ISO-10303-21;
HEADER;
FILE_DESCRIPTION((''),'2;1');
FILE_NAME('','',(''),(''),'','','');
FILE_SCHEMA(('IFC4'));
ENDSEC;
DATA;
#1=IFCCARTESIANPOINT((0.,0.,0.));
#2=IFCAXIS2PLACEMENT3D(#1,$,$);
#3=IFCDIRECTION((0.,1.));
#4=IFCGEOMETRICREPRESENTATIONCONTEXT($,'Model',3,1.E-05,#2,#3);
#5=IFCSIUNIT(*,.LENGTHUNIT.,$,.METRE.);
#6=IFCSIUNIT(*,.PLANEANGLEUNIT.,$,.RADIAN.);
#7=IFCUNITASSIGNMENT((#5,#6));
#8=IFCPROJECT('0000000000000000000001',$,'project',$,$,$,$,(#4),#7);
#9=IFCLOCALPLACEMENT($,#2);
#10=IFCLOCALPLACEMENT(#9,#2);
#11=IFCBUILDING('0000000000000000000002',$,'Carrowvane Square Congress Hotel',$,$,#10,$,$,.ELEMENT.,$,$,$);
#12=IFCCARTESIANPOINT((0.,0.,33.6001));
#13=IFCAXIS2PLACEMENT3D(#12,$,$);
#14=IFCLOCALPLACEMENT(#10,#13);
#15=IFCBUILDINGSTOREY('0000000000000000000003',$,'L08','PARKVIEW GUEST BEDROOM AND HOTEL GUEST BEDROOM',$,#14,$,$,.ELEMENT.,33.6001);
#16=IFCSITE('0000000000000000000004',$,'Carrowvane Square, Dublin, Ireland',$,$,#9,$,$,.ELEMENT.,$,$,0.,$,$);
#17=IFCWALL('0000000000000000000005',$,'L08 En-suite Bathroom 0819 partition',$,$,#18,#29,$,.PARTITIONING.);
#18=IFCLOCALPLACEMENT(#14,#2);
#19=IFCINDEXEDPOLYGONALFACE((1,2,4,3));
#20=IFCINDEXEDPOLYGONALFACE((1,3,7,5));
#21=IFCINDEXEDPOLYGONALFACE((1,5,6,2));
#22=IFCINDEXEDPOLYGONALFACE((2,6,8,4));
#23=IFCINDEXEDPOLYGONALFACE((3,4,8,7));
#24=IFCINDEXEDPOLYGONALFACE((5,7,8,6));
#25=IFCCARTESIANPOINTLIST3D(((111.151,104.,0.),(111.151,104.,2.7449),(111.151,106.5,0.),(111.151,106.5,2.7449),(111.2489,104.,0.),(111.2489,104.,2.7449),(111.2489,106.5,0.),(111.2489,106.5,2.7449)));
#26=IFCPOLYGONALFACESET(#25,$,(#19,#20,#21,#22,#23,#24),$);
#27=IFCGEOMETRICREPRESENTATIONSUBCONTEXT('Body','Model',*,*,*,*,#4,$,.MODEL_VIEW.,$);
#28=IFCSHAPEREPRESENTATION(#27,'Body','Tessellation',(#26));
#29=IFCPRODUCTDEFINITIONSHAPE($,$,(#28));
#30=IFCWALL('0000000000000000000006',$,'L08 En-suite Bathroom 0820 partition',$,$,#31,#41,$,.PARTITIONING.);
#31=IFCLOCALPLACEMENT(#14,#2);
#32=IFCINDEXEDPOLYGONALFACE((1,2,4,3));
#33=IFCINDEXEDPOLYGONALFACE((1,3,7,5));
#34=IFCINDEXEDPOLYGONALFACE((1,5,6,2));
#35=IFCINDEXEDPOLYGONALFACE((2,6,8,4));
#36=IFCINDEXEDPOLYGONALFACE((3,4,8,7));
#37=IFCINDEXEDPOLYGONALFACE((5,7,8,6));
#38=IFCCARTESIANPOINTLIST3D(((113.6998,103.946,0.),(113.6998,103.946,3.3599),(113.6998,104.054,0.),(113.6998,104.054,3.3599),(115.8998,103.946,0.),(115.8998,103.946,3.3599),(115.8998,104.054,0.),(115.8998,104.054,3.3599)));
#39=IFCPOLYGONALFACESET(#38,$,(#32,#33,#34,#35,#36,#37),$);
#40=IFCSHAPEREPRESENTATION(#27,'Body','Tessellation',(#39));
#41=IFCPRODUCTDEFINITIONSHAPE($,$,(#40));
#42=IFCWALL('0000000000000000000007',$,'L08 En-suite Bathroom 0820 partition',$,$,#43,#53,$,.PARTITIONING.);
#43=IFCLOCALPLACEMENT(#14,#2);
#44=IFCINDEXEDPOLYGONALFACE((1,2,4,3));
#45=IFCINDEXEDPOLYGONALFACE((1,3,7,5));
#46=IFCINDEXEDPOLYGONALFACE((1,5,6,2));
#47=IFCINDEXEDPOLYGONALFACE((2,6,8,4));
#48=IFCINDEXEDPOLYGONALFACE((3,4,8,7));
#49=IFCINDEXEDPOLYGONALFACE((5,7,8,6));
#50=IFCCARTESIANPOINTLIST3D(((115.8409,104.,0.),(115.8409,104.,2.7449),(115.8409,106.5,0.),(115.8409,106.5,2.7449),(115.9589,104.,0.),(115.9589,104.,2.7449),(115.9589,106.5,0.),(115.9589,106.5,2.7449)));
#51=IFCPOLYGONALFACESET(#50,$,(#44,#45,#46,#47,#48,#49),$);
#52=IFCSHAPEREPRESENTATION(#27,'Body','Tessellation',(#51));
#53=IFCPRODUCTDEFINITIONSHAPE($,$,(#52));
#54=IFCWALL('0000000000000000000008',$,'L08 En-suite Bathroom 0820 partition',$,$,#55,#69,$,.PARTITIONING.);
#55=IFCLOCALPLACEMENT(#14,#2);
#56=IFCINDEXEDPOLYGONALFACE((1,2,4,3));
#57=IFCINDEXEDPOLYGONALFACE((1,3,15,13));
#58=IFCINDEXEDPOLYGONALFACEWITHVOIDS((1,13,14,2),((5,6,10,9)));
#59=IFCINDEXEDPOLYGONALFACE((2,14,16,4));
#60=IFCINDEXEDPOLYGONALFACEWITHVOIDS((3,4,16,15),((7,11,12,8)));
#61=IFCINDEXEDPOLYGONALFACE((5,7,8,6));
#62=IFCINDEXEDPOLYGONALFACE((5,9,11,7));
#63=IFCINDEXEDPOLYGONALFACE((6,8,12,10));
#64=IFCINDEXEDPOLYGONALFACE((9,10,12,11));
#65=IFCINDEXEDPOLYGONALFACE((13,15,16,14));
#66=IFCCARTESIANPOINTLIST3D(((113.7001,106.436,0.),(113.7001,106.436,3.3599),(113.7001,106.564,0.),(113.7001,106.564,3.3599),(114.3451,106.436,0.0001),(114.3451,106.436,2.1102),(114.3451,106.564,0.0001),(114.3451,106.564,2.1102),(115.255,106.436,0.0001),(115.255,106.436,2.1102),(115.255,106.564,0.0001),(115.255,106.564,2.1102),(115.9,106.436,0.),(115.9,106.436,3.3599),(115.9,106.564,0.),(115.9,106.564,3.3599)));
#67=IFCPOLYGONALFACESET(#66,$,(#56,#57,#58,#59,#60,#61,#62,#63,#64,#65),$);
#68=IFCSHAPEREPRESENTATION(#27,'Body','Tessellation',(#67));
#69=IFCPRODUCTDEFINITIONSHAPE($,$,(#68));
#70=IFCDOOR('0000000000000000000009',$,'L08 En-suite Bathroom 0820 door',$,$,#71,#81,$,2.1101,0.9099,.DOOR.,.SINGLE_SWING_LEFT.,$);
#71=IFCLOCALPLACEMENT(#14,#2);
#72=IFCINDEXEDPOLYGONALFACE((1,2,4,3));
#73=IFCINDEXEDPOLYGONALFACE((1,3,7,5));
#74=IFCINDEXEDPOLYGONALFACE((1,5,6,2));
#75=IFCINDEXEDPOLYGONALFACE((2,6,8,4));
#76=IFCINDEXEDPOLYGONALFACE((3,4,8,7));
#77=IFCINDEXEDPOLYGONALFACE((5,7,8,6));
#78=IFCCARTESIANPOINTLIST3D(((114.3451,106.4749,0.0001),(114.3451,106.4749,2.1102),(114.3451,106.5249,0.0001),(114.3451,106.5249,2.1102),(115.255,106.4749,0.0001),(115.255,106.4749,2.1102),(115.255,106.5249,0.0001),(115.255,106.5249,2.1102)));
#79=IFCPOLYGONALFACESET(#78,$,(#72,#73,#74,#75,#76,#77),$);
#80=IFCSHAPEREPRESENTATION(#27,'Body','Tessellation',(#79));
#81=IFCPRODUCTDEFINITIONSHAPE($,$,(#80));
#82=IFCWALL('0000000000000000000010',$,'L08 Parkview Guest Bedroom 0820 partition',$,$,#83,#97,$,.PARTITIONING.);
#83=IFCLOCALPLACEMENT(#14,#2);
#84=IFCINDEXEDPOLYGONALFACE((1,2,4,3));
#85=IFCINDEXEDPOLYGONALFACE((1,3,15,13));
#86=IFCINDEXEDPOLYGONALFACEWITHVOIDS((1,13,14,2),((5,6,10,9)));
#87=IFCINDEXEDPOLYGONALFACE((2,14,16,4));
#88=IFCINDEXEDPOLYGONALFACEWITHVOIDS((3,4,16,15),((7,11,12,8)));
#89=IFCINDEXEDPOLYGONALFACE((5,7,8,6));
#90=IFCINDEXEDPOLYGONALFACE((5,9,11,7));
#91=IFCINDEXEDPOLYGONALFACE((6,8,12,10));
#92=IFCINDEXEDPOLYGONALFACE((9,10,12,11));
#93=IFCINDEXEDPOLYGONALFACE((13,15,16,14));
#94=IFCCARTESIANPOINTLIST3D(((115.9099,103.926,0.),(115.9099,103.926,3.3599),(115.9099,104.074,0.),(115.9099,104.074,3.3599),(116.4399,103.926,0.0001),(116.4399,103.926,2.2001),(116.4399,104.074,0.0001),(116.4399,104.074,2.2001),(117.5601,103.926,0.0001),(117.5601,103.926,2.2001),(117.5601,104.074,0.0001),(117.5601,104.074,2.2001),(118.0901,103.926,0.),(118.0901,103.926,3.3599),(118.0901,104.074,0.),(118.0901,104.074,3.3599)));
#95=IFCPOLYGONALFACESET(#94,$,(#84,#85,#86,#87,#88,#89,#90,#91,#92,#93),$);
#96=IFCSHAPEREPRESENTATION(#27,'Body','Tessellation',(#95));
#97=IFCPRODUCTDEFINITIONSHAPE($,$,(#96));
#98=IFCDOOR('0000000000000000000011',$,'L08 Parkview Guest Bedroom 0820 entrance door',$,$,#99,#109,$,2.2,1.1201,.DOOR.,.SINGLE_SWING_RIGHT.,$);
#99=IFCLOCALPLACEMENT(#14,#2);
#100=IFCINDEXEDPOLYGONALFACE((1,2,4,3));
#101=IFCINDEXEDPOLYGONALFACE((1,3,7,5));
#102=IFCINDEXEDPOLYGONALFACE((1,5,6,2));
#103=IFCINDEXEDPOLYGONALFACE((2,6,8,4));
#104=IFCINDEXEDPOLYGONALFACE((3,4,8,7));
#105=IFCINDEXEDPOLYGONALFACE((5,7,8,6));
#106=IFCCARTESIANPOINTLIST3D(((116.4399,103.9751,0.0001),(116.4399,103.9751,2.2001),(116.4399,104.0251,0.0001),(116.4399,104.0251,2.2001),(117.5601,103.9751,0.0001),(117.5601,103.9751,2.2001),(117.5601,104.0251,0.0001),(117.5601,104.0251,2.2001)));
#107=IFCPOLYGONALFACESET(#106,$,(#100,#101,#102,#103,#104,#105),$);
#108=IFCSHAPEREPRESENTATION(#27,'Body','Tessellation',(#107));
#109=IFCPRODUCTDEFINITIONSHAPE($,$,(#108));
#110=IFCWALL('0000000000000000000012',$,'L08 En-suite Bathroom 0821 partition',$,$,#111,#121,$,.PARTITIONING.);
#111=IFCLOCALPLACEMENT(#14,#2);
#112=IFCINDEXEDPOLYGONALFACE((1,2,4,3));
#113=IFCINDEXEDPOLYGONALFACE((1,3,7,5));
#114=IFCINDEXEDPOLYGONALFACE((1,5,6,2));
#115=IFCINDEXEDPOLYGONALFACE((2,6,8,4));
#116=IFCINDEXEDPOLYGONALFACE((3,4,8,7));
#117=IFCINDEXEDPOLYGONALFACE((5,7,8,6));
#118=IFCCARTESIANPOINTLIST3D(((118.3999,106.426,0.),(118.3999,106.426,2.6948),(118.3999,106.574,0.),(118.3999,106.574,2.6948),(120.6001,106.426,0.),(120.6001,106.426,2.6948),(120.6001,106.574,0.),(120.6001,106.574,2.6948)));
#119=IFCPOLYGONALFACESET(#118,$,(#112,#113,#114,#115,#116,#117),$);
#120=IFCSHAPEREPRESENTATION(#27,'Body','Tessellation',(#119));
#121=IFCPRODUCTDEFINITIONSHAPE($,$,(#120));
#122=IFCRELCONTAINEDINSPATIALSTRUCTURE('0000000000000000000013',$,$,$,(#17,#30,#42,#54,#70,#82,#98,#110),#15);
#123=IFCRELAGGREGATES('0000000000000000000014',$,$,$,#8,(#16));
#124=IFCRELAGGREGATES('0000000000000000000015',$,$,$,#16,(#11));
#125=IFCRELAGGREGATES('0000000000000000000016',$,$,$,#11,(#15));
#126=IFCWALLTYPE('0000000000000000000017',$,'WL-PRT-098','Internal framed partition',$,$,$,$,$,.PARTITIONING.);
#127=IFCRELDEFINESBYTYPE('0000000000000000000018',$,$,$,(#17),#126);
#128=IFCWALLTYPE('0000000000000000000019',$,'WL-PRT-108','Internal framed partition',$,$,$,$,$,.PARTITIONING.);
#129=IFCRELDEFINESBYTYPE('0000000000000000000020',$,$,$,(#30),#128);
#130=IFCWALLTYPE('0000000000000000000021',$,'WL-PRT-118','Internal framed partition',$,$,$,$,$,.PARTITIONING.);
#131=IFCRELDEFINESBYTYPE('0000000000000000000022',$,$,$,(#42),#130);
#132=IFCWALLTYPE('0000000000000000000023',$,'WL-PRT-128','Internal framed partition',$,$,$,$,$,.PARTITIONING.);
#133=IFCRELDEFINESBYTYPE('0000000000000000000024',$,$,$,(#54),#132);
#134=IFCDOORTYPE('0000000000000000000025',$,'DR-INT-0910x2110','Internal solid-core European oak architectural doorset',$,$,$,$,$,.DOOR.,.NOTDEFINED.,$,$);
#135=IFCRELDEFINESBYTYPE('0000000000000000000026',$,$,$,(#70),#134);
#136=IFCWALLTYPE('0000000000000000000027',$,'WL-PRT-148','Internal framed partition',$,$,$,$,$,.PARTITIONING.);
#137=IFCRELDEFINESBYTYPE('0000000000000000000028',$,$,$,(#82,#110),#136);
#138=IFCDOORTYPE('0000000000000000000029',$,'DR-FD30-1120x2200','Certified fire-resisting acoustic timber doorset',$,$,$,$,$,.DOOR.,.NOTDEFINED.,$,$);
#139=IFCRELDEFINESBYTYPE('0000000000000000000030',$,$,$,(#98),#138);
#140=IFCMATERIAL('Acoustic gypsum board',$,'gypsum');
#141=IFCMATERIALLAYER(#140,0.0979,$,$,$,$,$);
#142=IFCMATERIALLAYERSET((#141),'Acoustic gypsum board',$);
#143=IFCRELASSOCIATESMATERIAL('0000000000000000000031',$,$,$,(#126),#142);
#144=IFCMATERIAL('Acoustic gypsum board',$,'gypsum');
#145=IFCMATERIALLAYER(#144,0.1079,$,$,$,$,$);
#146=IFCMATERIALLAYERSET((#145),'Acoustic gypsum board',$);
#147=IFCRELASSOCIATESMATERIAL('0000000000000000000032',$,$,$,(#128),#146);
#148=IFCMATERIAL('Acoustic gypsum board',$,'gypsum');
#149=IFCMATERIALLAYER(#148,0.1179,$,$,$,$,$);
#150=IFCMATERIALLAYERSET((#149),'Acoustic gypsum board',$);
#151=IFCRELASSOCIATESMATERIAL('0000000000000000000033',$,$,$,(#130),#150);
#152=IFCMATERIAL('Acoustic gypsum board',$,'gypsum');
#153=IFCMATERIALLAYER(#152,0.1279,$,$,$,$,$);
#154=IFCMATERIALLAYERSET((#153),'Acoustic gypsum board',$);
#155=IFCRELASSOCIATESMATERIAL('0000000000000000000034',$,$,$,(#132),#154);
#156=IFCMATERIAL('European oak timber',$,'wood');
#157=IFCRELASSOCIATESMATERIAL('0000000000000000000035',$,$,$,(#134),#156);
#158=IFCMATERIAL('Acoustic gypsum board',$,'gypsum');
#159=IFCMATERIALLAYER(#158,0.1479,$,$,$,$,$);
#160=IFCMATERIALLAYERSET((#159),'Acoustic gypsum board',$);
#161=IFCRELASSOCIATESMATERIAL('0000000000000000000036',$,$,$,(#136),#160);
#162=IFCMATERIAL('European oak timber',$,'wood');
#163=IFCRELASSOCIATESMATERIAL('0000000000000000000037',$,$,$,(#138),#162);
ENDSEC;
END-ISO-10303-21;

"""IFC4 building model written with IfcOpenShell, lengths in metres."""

from ifc_helpers import new_model, si_unit, direction, frame, frame_2d, origin, place, context, subcontext, project, spatial, rectangle, extrude, material, layer, layer_set, type_object, element, fill, save


model = new_model("IFC4")

# Units and contexts
model_context = context("Model", 3, precision=1e-05, world=origin(), true_north=direction((0.0, 1.0)))
body_context = subcontext(model_context, "Body", "Model", "MODEL_VIEW")
ifc_project = project(units=[si_unit("LENGTHUNIT", "METRE"), si_unit("PLANEANGLEUNIT", "RADIAN")], contexts=[model_context])

# Site, building, storey
site_placement = place(None, origin())
site = spatial("IfcSite", under=ifc_project, at=site_placement, Name="Carrowvane Square, Dublin, Ireland", CompositionType="ELEMENT", RefElevation=0.0)
building_placement = place(site_placement, origin())
building = spatial("IfcBuilding", under=site, at=building_placement, Name="Carrowvane Square Congress Hotel", CompositionType="ELEMENT")
storey_placement = place(building_placement, frame((0.0, 0.0, 33.6001)))
storey = spatial("IfcBuildingStorey", under=building, at=storey_placement, Name="L08", Description="PARKVIEW GUEST BEDROOM AND HOTEL GUEST BEDROOM", CompositionType="ELEMENT", Elevation=33.6001)

# Walls
ifc_material_1 = material(Name="Acoustic gypsum board", Category="gypsum")
ifc_layer_1 = layer(ifc_material_1, 0.0979)
ifc_layer_set_1 = layer_set([ifc_layer_1], Name="Acoustic gypsum board")
wall_type_1 = type_object("IfcWallType", Name="WL-PRT-098", Description="Internal framed partition", PredefinedType="PARTITIONING", material=ifc_layer_set_1)
wall_1_placement = place(storey_placement, frame((111.2, 106.5, 0.0), z_axis=(0.0, 0.0, 1.0), x_axis=(0.0, -1.0, 0.0)))
element("IfcWall", 1, at=wall_1_placement, inside=storey, type_object=wall_type_1, Name="L08 En-suite Bathroom 0819 partition", PredefinedType="PARTITIONING", context=body_context, shape_type="SweptSolid", body=[
    extrude(rectangle(XDim=2.5, YDim=0.0979, at=frame_2d((1.25, 0.0))), origin(), (0.0, 0.0, 1.0), 2.7449),
])
ifc_material_2 = material(Name="Acoustic gypsum board", Category="gypsum")
ifc_layer_2 = layer(ifc_material_2, 0.1079)
ifc_layer_set_2 = layer_set([ifc_layer_2], Name="Acoustic gypsum board")
wall_type_2 = type_object("IfcWallType", Name="WL-PRT-108", Description="Internal framed partition", PredefinedType="PARTITIONING", material=ifc_layer_set_2)
wall_2_placement = place(storey_placement, frame((115.8999, 104.0, 0.0), z_axis=(0.0, 0.0, 1.0), x_axis=(-1.0, 0.0, 0.0)))
element("IfcWall", 2, at=wall_2_placement, inside=storey, type_object=wall_type_2, Name="L08 En-suite Bathroom 0820 partition", PredefinedType="PARTITIONING", context=body_context, shape_type="SweptSolid", body=[
    extrude(rectangle(XDim=2.2, YDim=0.1079, at=frame_2d((1.1001, 0.0))), origin(), (0.0, 0.0, 1.0), 3.3599),
])
ifc_material_3 = material(Name="Acoustic gypsum board", Category="gypsum")
ifc_layer_3 = layer(ifc_material_3, 0.1179)
ifc_layer_set_3 = layer_set([ifc_layer_3], Name="Acoustic gypsum board")
wall_type_3 = type_object("IfcWallType", Name="WL-PRT-118", Description="Internal framed partition", PredefinedType="PARTITIONING", material=ifc_layer_set_3)
wall_3_placement = place(storey_placement, frame((115.8999, 106.5, 0.0), z_axis=(0.0, 0.0, 1.0), x_axis=(0.0, -1.0, 0.0)))
element("IfcWall", 3, at=wall_3_placement, inside=storey, type_object=wall_type_3, Name="L08 En-suite Bathroom 0820 partition", PredefinedType="PARTITIONING", context=body_context, shape_type="SweptSolid", body=[
    extrude(rectangle(XDim=2.5, YDim=0.1179, at=frame_2d((1.25, 0.0))), origin(), (0.0, 0.0, 1.0), 2.7449),
])

# Walls, openings, doors
ifc_material_4 = material(Name="Acoustic gypsum board", Category="gypsum")
ifc_layer_4 = layer(ifc_material_4, 0.1279)
ifc_layer_set_4 = layer_set([ifc_layer_4], Name="Acoustic gypsum board")
wall_type_4 = type_object("IfcWallType", Name="WL-PRT-128", Description="Internal framed partition", PredefinedType="PARTITIONING", material=ifc_layer_set_4)
wall_4_placement = place(storey_placement, frame((113.7, 106.5, 0.0), z_axis=(0.0, 0.0, 1.0), x_axis=(1.0, 0.0, 0.0)))
wall_4 = element("IfcWall", 4, at=wall_4_placement, inside=storey, type_object=wall_type_4, Name="L08 En-suite Bathroom 0820 partition", PredefinedType="PARTITIONING", context=body_context, shape_type="SweptSolid", body=[
    extrude(rectangle(XDim=2.2, YDim=0.1279, at=frame_2d((1.1001, 0.0))), origin(), (0.0, 0.0, 1.0), 3.3599),
])
opening_1_placement = place(wall_4_placement, frame((0.645, 0.0, 0.0)))
opening_1 = element("IfcOpeningElement", 5, at=opening_1_placement, cuts=wall_4, PredefinedType="OPENING", context=body_context, shape_type="SweptSolid", body=[
    extrude(rectangle(XDim=0.9099, YDim=2.1101, at=frame_2d((0.4551, 1.0552))), frame((0.0, 0.074, 0.0), z_axis=(0.0, -1.0, 0.0), x_axis=(1.0, 0.0, 0.0)), (0.0, 0.0, 1.0), 0.1479),
])
ifc_material_5 = material(Name="European oak timber", Category="wood")
door_type_1 = type_object("IfcDoorType", Name="DR-INT-0910x2110", Description="Internal solid-core European oak architectural doorset", OperationType="NOTDEFINED", PredefinedType="DOOR", material=ifc_material_5)
door_1_placement = place(opening_1_placement, origin())
door_1 = element("IfcDoor", 6, at=door_1_placement, inside=storey, type_object=door_type_1, Name="L08 En-suite Bathroom 0820 door", OperationType="SINGLE_SWING_LEFT", OverallHeight=2.1101, OverallWidth=0.9099, PredefinedType="DOOR", context=body_context, shape_type="SweptSolid", body=[
    extrude(rectangle(XDim=0.9099, YDim=2.1101, at=frame_2d((0.4551, 1.0552))), frame((0.0, 0.0249, 0.0), z_axis=(0.0, -1.0, 0.0), x_axis=(1.0, 0.0, 0.0)), (0.0, 0.0, 1.0), 0.05),
])
fill(opening_1, door_1)
ifc_material_6 = material(Name="Acoustic gypsum board", Category="gypsum")
ifc_layer_5 = layer(ifc_material_6, 0.1479)
ifc_layer_set_5 = layer_set([ifc_layer_5], Name="Acoustic gypsum board")
wall_type_5 = type_object("IfcWallType", Name="WL-PRT-148", Description="Internal framed partition", PredefinedType="PARTITIONING", material=ifc_layer_set_5)
wall_5_placement = place(storey_placement, frame((118.0901, 104.0, 0.0), z_axis=(0.0, 0.0, 1.0), x_axis=(-1.0, 0.0, 0.0)))
wall_5 = element("IfcWall", 7, at=wall_5_placement, inside=storey, type_object=wall_type_5, Name="L08 Parkview Guest Bedroom 0820 partition", PredefinedType="PARTITIONING", context=body_context, shape_type="SweptSolid", body=[
    extrude(rectangle(XDim=2.1802, YDim=0.1479, at=frame_2d((1.0901, 0.0))), origin(), (0.0, 0.0, 1.0), 3.3599),
])
opening_2_placement = place(wall_5_placement, frame((0.53, 0.0, 0.0)))
opening_2 = element("IfcOpeningElement", 8, at=opening_2_placement, cuts=wall_5, PredefinedType="OPENING", context=body_context, shape_type="SweptSolid", body=[
    extrude(rectangle(XDim=1.1201, YDim=2.2, at=frame_2d((0.5601, 1.1001))), frame((0.0, 0.084, 0.0), z_axis=(0.0, -1.0, 0.0), x_axis=(1.0, 0.0, 0.0)), (0.0, 0.0, 1.0), 0.168),
])
ifc_material_7 = material(Name="European oak timber", Category="wood")
door_type_2 = type_object("IfcDoorType", Name="DR-FD30-1120x2200", Description="Certified fire-resisting acoustic timber doorset", OperationType="NOTDEFINED", PredefinedType="DOOR", material=ifc_material_7)
door_2_placement = place(opening_2_placement, origin())
door_2 = element("IfcDoor", 9, at=door_2_placement, inside=storey, type_object=door_type_2, Name="L08 Parkview Guest Bedroom 0820 entrance door", OperationType="SINGLE_SWING_RIGHT", OverallHeight=2.2, OverallWidth=1.1201, PredefinedType="DOOR", context=body_context, shape_type="SweptSolid", body=[
    extrude(rectangle(XDim=1.1201, YDim=2.2, at=frame_2d((0.5601, 1.1001))), frame((0.0, 0.0249, 0.0), z_axis=(0.0, -1.0, 0.0), x_axis=(1.0, 0.0, 0.0)), (0.0, 0.0, 1.0), 0.05),
])
fill(opening_2, door_2)

# Wall
wall_6_placement = place(storey_placement, frame((118.3999, 106.5, 0.0), z_axis=(0.0, 0.0, 1.0), x_axis=(1.0, 0.0, 0.0)))
element("IfcWall", 10, at=wall_6_placement, inside=storey, type_object=wall_type_5, Name="L08 En-suite Bathroom 0821 partition", PredefinedType="PARTITIONING", context=body_context, shape_type="SweptSolid", body=[
    extrude(rectangle(XDim=2.2002, YDim=0.1479, at=frame_2d((1.1001, 0.0))), origin(), (0.0, 0.0, 1.0), 2.6948),
])

save(model, "model.ifc")
